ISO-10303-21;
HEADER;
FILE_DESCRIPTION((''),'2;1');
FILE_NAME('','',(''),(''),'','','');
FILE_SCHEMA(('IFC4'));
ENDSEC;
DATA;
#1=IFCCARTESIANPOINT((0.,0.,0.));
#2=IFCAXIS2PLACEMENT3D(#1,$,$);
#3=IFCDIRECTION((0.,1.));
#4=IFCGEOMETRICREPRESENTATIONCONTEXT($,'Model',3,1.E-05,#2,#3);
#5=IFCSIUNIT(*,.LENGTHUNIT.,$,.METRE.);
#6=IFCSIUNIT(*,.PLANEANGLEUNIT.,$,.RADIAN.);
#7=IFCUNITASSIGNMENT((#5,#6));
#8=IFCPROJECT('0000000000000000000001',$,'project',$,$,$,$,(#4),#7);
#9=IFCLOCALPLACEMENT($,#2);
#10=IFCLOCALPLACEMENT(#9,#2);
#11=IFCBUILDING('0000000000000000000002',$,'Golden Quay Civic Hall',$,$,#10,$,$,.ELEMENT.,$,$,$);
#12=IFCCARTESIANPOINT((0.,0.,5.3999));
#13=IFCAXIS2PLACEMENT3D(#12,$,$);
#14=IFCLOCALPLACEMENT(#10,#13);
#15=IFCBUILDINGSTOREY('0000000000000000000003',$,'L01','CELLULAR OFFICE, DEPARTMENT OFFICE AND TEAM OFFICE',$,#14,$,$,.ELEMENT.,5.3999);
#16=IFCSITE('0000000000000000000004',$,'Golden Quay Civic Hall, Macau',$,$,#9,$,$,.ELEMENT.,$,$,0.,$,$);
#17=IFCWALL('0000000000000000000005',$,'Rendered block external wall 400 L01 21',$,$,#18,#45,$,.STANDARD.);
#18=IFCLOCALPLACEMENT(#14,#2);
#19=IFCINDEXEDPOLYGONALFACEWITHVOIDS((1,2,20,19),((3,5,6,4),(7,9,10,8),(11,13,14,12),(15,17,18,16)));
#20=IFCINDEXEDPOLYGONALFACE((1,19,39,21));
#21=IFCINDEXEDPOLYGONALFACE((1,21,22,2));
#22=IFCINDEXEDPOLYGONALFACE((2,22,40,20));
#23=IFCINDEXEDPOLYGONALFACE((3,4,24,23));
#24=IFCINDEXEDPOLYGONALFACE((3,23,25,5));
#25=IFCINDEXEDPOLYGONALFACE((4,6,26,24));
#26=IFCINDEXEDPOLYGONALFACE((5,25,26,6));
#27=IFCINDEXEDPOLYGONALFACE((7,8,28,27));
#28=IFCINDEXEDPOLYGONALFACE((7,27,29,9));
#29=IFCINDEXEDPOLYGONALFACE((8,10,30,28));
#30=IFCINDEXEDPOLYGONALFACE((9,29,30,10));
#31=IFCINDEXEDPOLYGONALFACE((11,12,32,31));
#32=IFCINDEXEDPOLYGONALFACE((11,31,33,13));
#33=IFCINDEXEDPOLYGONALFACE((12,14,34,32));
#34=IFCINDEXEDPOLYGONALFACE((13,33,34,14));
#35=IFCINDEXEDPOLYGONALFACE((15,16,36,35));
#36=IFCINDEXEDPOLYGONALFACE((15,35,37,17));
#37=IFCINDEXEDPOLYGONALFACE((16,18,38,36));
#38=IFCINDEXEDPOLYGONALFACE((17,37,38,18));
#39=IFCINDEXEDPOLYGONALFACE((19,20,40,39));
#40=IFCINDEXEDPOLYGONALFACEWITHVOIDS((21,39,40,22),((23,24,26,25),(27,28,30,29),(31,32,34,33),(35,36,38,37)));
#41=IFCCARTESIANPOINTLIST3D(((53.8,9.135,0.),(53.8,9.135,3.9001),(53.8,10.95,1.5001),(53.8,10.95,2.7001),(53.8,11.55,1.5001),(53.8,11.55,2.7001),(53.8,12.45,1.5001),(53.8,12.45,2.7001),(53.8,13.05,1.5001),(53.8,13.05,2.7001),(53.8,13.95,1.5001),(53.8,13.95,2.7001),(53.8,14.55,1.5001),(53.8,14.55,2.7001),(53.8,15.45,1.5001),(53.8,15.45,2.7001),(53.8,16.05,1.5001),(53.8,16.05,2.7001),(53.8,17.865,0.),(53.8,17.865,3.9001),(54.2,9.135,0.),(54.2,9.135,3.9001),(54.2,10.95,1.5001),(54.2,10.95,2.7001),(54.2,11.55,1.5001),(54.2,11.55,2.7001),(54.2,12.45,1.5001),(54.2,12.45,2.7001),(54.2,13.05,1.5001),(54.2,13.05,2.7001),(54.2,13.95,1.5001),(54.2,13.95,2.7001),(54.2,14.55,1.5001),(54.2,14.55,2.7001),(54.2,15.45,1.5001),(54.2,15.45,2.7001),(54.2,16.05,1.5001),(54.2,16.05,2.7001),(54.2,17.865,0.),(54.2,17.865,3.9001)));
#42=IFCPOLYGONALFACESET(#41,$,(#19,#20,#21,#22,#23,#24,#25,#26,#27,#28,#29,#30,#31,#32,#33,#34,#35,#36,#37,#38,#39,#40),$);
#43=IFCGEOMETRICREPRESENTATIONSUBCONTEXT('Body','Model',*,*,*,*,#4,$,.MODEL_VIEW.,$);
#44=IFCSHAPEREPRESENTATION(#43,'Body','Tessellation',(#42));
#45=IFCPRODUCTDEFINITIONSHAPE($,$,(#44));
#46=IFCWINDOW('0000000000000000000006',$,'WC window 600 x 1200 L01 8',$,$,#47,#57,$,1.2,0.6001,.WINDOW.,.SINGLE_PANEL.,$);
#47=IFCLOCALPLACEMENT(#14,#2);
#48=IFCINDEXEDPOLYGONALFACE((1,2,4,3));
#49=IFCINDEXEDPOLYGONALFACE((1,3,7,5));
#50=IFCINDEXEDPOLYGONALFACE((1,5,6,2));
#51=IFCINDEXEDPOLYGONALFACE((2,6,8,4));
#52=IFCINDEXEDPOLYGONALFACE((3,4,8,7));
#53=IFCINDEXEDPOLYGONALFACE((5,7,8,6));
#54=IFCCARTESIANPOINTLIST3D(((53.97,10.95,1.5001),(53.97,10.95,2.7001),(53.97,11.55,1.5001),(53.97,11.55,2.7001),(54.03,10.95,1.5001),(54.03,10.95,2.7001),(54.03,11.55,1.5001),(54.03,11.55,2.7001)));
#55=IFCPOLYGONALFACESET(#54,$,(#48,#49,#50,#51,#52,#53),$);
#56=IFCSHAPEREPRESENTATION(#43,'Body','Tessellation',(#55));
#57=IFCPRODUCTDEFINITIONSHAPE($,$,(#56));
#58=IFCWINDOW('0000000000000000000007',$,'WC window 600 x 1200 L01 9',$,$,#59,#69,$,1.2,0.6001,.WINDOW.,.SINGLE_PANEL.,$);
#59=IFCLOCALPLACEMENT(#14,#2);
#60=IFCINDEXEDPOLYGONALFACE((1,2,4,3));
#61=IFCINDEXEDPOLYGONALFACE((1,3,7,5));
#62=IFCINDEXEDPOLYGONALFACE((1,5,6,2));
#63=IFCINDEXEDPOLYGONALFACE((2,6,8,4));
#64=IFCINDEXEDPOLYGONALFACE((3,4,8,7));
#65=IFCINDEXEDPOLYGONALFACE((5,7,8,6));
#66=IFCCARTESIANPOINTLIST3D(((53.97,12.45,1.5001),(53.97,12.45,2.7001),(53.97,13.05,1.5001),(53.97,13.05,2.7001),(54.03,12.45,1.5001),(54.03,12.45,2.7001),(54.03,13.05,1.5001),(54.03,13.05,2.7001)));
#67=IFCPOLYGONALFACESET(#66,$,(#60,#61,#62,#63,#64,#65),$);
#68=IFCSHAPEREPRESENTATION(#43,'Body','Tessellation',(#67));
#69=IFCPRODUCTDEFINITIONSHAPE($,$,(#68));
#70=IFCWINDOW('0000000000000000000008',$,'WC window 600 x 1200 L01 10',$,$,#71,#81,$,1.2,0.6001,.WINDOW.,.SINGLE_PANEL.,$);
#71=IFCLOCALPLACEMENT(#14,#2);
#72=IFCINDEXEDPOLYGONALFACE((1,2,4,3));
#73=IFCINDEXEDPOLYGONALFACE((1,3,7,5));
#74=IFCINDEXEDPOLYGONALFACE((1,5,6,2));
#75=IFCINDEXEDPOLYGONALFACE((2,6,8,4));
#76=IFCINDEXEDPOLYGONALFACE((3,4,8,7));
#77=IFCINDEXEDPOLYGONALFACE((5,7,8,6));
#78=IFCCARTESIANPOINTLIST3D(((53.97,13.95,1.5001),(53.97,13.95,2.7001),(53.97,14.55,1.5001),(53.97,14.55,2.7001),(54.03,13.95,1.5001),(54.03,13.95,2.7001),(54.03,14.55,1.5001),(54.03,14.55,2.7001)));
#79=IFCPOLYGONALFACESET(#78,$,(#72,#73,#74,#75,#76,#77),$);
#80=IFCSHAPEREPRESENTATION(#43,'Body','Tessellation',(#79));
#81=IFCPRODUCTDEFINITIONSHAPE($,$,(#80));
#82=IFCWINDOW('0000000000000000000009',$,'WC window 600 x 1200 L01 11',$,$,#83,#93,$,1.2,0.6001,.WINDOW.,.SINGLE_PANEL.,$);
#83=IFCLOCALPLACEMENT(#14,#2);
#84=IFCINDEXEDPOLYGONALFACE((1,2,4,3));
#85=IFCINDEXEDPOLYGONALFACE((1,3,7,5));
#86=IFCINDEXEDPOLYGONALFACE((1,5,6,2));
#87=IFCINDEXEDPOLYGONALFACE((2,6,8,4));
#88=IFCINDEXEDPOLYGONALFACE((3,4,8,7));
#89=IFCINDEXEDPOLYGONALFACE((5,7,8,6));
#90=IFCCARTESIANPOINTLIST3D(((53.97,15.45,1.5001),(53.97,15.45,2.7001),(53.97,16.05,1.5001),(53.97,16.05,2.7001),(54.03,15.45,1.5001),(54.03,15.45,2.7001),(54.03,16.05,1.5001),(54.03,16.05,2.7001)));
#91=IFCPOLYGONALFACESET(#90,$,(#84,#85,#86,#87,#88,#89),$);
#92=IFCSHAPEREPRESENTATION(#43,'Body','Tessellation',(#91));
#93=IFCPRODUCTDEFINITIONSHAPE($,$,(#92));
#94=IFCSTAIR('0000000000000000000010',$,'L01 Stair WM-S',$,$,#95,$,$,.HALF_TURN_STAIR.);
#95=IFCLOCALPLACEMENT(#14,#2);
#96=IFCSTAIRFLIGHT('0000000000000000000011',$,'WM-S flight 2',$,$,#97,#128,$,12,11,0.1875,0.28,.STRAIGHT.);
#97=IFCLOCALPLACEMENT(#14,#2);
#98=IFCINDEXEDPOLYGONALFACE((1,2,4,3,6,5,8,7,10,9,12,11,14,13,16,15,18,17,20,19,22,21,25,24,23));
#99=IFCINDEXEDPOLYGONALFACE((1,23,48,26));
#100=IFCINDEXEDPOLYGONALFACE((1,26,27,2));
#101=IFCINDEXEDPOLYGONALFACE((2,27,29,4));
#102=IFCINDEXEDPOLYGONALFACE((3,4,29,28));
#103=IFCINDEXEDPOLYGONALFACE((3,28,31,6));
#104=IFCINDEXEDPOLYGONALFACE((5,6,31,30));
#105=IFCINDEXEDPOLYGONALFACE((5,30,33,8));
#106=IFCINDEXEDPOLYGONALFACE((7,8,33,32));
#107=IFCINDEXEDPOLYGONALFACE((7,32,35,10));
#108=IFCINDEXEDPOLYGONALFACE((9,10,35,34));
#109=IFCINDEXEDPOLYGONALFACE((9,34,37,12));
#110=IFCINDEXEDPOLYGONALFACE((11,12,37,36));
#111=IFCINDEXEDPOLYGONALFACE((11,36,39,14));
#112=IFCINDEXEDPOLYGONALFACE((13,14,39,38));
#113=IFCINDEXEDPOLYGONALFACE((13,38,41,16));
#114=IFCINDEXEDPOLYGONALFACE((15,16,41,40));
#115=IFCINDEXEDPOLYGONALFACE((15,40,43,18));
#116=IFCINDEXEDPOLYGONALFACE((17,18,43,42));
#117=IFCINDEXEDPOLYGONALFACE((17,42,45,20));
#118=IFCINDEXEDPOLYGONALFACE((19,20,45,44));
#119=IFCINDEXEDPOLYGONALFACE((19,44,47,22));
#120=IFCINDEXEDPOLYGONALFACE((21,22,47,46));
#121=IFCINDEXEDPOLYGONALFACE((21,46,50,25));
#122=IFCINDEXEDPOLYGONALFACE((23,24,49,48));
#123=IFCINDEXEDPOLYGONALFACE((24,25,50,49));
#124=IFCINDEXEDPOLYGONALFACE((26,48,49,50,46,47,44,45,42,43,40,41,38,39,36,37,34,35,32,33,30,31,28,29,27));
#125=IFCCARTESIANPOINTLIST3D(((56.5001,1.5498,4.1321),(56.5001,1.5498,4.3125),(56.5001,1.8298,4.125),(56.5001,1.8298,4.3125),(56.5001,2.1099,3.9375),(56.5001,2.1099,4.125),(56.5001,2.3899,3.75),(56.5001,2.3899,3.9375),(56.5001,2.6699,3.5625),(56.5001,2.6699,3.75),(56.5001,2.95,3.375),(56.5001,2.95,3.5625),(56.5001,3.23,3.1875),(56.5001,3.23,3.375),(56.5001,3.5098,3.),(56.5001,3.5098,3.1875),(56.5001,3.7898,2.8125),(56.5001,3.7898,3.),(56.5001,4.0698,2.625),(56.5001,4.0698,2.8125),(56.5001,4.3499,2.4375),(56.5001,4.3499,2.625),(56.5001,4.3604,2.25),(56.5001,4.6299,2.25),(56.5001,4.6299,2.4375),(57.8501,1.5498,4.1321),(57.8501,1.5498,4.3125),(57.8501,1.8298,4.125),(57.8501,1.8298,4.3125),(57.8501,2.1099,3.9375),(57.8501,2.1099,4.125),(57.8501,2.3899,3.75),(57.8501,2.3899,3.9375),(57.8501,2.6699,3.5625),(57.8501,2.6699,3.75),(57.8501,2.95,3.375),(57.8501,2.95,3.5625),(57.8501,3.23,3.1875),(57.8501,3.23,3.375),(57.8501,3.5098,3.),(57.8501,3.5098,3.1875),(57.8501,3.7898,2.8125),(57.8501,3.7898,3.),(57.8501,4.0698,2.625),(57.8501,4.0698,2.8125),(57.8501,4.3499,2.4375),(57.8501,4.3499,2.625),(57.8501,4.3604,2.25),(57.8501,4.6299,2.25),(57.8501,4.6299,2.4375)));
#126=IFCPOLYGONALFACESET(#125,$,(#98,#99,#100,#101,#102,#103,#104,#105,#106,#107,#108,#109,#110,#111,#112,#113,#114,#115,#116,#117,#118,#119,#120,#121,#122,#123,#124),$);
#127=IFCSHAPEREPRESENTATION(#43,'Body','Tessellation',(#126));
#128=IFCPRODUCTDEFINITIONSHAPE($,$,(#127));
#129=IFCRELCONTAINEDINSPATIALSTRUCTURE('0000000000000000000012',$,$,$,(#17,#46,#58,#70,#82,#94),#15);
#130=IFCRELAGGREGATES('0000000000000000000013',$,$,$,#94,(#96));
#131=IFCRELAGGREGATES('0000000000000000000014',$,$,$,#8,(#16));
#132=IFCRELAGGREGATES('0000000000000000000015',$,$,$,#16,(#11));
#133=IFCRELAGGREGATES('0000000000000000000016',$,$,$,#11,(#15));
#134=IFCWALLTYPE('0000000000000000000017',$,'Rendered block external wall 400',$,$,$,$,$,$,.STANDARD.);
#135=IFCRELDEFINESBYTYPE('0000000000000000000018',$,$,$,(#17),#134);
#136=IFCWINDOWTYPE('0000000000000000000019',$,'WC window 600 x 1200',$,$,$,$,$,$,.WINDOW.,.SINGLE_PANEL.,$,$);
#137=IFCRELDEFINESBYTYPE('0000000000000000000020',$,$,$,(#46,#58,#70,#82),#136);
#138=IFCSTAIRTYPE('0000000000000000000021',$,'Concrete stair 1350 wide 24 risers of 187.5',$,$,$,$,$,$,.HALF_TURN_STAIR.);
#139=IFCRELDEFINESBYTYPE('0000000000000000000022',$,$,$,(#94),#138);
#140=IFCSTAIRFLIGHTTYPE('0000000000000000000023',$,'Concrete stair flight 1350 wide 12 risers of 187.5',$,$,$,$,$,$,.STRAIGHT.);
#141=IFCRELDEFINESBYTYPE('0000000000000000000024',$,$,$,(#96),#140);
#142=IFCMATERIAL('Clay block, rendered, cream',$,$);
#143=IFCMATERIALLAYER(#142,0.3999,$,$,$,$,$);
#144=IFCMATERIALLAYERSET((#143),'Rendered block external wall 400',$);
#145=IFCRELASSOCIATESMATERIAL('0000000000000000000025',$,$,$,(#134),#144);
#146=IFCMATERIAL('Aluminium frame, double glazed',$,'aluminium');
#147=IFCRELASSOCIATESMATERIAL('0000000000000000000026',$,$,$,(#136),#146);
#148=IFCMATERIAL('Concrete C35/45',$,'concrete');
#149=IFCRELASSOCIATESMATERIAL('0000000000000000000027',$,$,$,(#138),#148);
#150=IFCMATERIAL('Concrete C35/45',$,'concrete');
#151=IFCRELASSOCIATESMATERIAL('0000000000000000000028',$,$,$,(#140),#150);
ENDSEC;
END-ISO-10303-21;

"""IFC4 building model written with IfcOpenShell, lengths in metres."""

from ifc_helpers import new_model, si_unit, direction, frame, frame_2d, origin, place, context, subcontext, project, spatial, polyline, rectangle, outline, extrude, material, layer, layer_set, type_object, element, fill, aggregate, save


model = new_model("IFC4")

# Units and contexts
model_context = context("Model", 3, precision=1e-05, world=origin(), true_north=direction((0.0, 1.0)))
body_context = subcontext(model_context, "Body", "Model", "MODEL_VIEW")
ifc_project = project(units=[si_unit("LENGTHUNIT", "METRE"), si_unit("PLANEANGLEUNIT", "RADIAN")], contexts=[model_context])

# Site, building, storey
site_placement = place(None, origin())
site = spatial("IfcSite", under=ifc_project, at=site_placement, Name="Golden Quay Civic Hall, Macau", CompositionType="ELEMENT", RefElevation=0.0)
building_placement = place(site_placement, origin())
building = spatial("IfcBuilding", under=site, at=building_placement, Name="Golden Quay Civic Hall", CompositionType="ELEMENT")
storey_placement = place(building_placement, frame((0.0, 0.0, 5.3999)))
storey = spatial("IfcBuildingStorey", under=building, at=storey_placement, Name="L01", Description="CELLULAR OFFICE, DEPARTMENT OFFICE AND TEAM OFFICE", CompositionType="ELEMENT", Elevation=5.3999)

# Wall, openings, windows
ifc_material_1 = material(Name="Clay block, rendered, cream")
ifc_layer_1 = layer(ifc_material_1, 0.3999)
ifc_layer_set_1 = layer_set([ifc_layer_1], Name="Rendered block external wall 400")
wall_type_1 = type_object("IfcWallType", Name="Rendered block external wall 400", PredefinedType="STANDARD", material=ifc_layer_set_1)
wall_1_placement = place(storey_placement, frame((54.0, 9.135, 0.0), z_axis=(0.0, 0.0, 1.0), x_axis=(0.0, 1.0, 0.0)))
wall_1 = element("IfcWall", 1, at=wall_1_placement, inside=storey, type_object=wall_type_1, Name="Rendered block external wall 400 L01 21", PredefinedType="STANDARD", context=body_context, shape_type="SweptSolid", body=[
    extrude(rectangle(XDim=8.73, YDim=0.3999, at=frame_2d((4.365, 0.0))), origin(), (0.0, 0.0, 1.0), 3.9001),
])
opening_1_placement = place(wall_1_placement, frame((1.8149, 0.0, 1.5)))
opening_1 = element("IfcOpeningElement", 2, at=opening_1_placement, cuts=wall_1, PredefinedType="OPENING", context=body_context, shape_type="SweptSolid", body=[
    extrude(rectangle(XDim=0.6001, YDim=1.2, at=frame_2d((0.3, 0.6001))), frame((0.0, 0.21, 0.0), z_axis=(0.0, -1.0, 0.0), x_axis=(1.0, 0.0, 0.0)), (0.0, 0.0, 1.0), 0.4199),
])
opening_2_placement = place(wall_1_placement, frame((3.3149, 0.0, 1.5)))
opening_2 = element("IfcOpeningElement", 3, at=opening_2_placement, cuts=wall_1, PredefinedType="OPENING", context=body_context, shape_type="SweptSolid", body=[
    extrude(rectangle(XDim=0.6001, YDim=1.2, at=frame_2d((0.3, 0.6001))), frame((0.0, 0.21, 0.0), z_axis=(0.0, -1.0, 0.0), x_axis=(1.0, 0.0, 0.0)), (0.0, 0.0, 1.0), 0.4199),
])
opening_3_placement = place(wall_1_placement, frame((4.8149, 0.0, 1.5)))
opening_3 = element("IfcOpeningElement", 4, at=opening_3_placement, cuts=wall_1, PredefinedType="OPENING", context=body_context, shape_type="SweptSolid", body=[
    extrude(rectangle(XDim=0.6001, YDim=1.2, at=frame_2d((0.3, 0.6001))), frame((0.0, 0.21, 0.0), z_axis=(0.0, -1.0, 0.0), x_axis=(1.0, 0.0, 0.0)), (0.0, 0.0, 1.0), 0.4199),
])
opening_4_placement = place(wall_1_placement, frame((6.3149, 0.0, 1.5)))
opening_4 = element("IfcOpeningElement", 5, at=opening_4_placement, cuts=wall_1, PredefinedType="OPENING", context=body_context, shape_type="SweptSolid", body=[
    extrude(rectangle(XDim=0.6001, YDim=1.2, at=frame_2d((0.3, 0.6001))), frame((0.0, 0.21, 0.0), z_axis=(0.0, -1.0, 0.0), x_axis=(1.0, 0.0, 0.0)), (0.0, 0.0, 1.0), 0.4199),
])
ifc_material_2 = material(Name="Aluminium frame, double glazed", Category="aluminium")
window_type = type_object("IfcWindowType", Name="WC window 600 x 1200", PartitioningType="SINGLE_PANEL", PredefinedType="WINDOW", material=ifc_material_2)
window_1_placement = place(opening_1_placement, origin())
window_1 = element("IfcWindow", 6, at=window_1_placement, inside=storey, type_object=window_type, Name="WC window 600 x 1200 L01 8", OverallHeight=1.2, OverallWidth=0.6001, PartitioningType="SINGLE_PANEL", PredefinedType="WINDOW", context=body_context, shape_type="SweptSolid", body=[
    extrude(rectangle(XDim=0.6001, YDim=1.2, at=frame_2d((0.3, 0.6001))), frame((0.0, 0.03, 0.0), z_axis=(0.0, -1.0, 0.0), x_axis=(1.0, 0.0, 0.0)), (0.0, 0.0, 1.0), 0.0601),
])
fill(opening_1, window_1)
window_2_placement = place(opening_2_placement, origin())
window_2 = element("IfcWindow", 7, at=window_2_placement, inside=storey, type_object=window_type, Name="WC window 600 x 1200 L01 9", OverallHeight=1.2, OverallWidth=0.6001, PartitioningType="SINGLE_PANEL", PredefinedType="WINDOW", context=body_context, shape_type="SweptSolid", body=[
    extrude(rectangle(XDim=0.6001, YDim=1.2, at=frame_2d((0.3, 0.6001))), frame((0.0, 0.03, 0.0), z_axis=(0.0, -1.0, 0.0), x_axis=(1.0, 0.0, 0.0)), (0.0, 0.0, 1.0), 0.0601),
])
fill(opening_2, window_2)
window_3_placement = place(opening_3_placement, origin())
window_3 = element("IfcWindow", 8, at=window_3_placement, inside=storey, type_object=window_type, Name="WC window 600 x 1200 L01 10", OverallHeight=1.2, OverallWidth=0.6001, PartitioningType="SINGLE_PANEL", PredefinedType="WINDOW", context=body_context, shape_type="SweptSolid", body=[
    extrude(rectangle(XDim=0.6001, YDim=1.2, at=frame_2d((0.3, 0.6001))), frame((0.0, 0.03, 0.0), z_axis=(0.0, -1.0, 0.0), x_axis=(1.0, 0.0, 0.0)), (0.0, 0.0, 1.0), 0.0601),
])
fill(opening_3, window_3)
window_4_placement = place(opening_4_placement, origin())
window_4 = element("IfcWindow", 9, at=window_4_placement, inside=storey, type_object=window_type, Name="WC window 600 x 1200 L01 11", OverallHeight=1.2, OverallWidth=0.6001, PartitioningType="SINGLE_PANEL", PredefinedType="WINDOW", context=body_context, shape_type="SweptSolid", body=[
    extrude(rectangle(XDim=0.6001, YDim=1.2, at=frame_2d((0.3, 0.6001))), frame((0.0, 0.03, 0.0), z_axis=(0.0, -1.0, 0.0), x_axis=(1.0, 0.0, 0.0)), (0.0, 0.0, 1.0), 0.0601),
])
fill(opening_4, window_4)

# Stair, stair flight
ifc_material_3 = material(Name="Concrete C35/45", Category="concrete")
stair_type = type_object("IfcStairType", Name="Concrete stair 1350 wide 24 risers of 187.5", PredefinedType="HALF_TURN_STAIR", material=ifc_material_3)
stair_placement = place(storey_placement, origin())
stair = element("IfcStair", 10, at=stair_placement, inside=storey, type_object=stair_type, Name="L01 Stair WM-S", PredefinedType="HALF_TURN_STAIR")
ifc_material_4 = material(Name="Concrete C35/45", Category="concrete")
stair_flight_type = type_object("IfcStairFlightType", Name="Concrete stair flight 1350 wide 12 risers of 187.5", PredefinedType="STRAIGHT", material=ifc_material_4)
stair_flight_placement = place(storey_placement, frame((57.175, 4.6299, 2.25), z_axis=(0.0, 0.0, 1.0), x_axis=(0.0, -1.0, 0.0)))
stair_flight = element("IfcStairFlight", 11, at=stair_flight_placement, type_object=stair_flight_type, Name="WM-S flight 2", NumberOfRisers=12, NumberOfTreads=11, PredefinedType="STRAIGHT", RiserHeight=0.1875, TreadLength=0.28, context=body_context, shape_type="SweptSolid", body=[
    extrude(outline(polyline([(0.0, 0.0), (0.0, 0.1875), (0.28, 0.1875), (0.28, 0.375), (0.5601, 0.375), (0.5601, 0.5625), (0.8401, 0.5625), (0.8401, 0.75), (1.1201, 0.75), (1.1201, 0.9375), (1.3999, 0.9375), (1.3999, 1.125), (1.6799, 1.125), (1.6799, 1.3125), (1.96, 1.3125), (1.96, 1.5), (2.24, 1.5), (2.24, 1.6875), (2.52, 1.6875), (2.52, 1.875), (2.8, 1.875), (2.8, 2.0625), (3.0801, 2.0625), (3.0801, 2.25), (3.0801, 1.8821), (0.2695, 0.0), (0.0, 0.0)])), frame((0.0, 0.675, 0.0), z_axis=(0.0, -1.0, 0.0), x_axis=(1.0, 0.0, 0.0)), (0.0, 0.0, 1.0), 1.35),
])
aggregate(stair, [stair_flight])

save(model, "model.ifc")
